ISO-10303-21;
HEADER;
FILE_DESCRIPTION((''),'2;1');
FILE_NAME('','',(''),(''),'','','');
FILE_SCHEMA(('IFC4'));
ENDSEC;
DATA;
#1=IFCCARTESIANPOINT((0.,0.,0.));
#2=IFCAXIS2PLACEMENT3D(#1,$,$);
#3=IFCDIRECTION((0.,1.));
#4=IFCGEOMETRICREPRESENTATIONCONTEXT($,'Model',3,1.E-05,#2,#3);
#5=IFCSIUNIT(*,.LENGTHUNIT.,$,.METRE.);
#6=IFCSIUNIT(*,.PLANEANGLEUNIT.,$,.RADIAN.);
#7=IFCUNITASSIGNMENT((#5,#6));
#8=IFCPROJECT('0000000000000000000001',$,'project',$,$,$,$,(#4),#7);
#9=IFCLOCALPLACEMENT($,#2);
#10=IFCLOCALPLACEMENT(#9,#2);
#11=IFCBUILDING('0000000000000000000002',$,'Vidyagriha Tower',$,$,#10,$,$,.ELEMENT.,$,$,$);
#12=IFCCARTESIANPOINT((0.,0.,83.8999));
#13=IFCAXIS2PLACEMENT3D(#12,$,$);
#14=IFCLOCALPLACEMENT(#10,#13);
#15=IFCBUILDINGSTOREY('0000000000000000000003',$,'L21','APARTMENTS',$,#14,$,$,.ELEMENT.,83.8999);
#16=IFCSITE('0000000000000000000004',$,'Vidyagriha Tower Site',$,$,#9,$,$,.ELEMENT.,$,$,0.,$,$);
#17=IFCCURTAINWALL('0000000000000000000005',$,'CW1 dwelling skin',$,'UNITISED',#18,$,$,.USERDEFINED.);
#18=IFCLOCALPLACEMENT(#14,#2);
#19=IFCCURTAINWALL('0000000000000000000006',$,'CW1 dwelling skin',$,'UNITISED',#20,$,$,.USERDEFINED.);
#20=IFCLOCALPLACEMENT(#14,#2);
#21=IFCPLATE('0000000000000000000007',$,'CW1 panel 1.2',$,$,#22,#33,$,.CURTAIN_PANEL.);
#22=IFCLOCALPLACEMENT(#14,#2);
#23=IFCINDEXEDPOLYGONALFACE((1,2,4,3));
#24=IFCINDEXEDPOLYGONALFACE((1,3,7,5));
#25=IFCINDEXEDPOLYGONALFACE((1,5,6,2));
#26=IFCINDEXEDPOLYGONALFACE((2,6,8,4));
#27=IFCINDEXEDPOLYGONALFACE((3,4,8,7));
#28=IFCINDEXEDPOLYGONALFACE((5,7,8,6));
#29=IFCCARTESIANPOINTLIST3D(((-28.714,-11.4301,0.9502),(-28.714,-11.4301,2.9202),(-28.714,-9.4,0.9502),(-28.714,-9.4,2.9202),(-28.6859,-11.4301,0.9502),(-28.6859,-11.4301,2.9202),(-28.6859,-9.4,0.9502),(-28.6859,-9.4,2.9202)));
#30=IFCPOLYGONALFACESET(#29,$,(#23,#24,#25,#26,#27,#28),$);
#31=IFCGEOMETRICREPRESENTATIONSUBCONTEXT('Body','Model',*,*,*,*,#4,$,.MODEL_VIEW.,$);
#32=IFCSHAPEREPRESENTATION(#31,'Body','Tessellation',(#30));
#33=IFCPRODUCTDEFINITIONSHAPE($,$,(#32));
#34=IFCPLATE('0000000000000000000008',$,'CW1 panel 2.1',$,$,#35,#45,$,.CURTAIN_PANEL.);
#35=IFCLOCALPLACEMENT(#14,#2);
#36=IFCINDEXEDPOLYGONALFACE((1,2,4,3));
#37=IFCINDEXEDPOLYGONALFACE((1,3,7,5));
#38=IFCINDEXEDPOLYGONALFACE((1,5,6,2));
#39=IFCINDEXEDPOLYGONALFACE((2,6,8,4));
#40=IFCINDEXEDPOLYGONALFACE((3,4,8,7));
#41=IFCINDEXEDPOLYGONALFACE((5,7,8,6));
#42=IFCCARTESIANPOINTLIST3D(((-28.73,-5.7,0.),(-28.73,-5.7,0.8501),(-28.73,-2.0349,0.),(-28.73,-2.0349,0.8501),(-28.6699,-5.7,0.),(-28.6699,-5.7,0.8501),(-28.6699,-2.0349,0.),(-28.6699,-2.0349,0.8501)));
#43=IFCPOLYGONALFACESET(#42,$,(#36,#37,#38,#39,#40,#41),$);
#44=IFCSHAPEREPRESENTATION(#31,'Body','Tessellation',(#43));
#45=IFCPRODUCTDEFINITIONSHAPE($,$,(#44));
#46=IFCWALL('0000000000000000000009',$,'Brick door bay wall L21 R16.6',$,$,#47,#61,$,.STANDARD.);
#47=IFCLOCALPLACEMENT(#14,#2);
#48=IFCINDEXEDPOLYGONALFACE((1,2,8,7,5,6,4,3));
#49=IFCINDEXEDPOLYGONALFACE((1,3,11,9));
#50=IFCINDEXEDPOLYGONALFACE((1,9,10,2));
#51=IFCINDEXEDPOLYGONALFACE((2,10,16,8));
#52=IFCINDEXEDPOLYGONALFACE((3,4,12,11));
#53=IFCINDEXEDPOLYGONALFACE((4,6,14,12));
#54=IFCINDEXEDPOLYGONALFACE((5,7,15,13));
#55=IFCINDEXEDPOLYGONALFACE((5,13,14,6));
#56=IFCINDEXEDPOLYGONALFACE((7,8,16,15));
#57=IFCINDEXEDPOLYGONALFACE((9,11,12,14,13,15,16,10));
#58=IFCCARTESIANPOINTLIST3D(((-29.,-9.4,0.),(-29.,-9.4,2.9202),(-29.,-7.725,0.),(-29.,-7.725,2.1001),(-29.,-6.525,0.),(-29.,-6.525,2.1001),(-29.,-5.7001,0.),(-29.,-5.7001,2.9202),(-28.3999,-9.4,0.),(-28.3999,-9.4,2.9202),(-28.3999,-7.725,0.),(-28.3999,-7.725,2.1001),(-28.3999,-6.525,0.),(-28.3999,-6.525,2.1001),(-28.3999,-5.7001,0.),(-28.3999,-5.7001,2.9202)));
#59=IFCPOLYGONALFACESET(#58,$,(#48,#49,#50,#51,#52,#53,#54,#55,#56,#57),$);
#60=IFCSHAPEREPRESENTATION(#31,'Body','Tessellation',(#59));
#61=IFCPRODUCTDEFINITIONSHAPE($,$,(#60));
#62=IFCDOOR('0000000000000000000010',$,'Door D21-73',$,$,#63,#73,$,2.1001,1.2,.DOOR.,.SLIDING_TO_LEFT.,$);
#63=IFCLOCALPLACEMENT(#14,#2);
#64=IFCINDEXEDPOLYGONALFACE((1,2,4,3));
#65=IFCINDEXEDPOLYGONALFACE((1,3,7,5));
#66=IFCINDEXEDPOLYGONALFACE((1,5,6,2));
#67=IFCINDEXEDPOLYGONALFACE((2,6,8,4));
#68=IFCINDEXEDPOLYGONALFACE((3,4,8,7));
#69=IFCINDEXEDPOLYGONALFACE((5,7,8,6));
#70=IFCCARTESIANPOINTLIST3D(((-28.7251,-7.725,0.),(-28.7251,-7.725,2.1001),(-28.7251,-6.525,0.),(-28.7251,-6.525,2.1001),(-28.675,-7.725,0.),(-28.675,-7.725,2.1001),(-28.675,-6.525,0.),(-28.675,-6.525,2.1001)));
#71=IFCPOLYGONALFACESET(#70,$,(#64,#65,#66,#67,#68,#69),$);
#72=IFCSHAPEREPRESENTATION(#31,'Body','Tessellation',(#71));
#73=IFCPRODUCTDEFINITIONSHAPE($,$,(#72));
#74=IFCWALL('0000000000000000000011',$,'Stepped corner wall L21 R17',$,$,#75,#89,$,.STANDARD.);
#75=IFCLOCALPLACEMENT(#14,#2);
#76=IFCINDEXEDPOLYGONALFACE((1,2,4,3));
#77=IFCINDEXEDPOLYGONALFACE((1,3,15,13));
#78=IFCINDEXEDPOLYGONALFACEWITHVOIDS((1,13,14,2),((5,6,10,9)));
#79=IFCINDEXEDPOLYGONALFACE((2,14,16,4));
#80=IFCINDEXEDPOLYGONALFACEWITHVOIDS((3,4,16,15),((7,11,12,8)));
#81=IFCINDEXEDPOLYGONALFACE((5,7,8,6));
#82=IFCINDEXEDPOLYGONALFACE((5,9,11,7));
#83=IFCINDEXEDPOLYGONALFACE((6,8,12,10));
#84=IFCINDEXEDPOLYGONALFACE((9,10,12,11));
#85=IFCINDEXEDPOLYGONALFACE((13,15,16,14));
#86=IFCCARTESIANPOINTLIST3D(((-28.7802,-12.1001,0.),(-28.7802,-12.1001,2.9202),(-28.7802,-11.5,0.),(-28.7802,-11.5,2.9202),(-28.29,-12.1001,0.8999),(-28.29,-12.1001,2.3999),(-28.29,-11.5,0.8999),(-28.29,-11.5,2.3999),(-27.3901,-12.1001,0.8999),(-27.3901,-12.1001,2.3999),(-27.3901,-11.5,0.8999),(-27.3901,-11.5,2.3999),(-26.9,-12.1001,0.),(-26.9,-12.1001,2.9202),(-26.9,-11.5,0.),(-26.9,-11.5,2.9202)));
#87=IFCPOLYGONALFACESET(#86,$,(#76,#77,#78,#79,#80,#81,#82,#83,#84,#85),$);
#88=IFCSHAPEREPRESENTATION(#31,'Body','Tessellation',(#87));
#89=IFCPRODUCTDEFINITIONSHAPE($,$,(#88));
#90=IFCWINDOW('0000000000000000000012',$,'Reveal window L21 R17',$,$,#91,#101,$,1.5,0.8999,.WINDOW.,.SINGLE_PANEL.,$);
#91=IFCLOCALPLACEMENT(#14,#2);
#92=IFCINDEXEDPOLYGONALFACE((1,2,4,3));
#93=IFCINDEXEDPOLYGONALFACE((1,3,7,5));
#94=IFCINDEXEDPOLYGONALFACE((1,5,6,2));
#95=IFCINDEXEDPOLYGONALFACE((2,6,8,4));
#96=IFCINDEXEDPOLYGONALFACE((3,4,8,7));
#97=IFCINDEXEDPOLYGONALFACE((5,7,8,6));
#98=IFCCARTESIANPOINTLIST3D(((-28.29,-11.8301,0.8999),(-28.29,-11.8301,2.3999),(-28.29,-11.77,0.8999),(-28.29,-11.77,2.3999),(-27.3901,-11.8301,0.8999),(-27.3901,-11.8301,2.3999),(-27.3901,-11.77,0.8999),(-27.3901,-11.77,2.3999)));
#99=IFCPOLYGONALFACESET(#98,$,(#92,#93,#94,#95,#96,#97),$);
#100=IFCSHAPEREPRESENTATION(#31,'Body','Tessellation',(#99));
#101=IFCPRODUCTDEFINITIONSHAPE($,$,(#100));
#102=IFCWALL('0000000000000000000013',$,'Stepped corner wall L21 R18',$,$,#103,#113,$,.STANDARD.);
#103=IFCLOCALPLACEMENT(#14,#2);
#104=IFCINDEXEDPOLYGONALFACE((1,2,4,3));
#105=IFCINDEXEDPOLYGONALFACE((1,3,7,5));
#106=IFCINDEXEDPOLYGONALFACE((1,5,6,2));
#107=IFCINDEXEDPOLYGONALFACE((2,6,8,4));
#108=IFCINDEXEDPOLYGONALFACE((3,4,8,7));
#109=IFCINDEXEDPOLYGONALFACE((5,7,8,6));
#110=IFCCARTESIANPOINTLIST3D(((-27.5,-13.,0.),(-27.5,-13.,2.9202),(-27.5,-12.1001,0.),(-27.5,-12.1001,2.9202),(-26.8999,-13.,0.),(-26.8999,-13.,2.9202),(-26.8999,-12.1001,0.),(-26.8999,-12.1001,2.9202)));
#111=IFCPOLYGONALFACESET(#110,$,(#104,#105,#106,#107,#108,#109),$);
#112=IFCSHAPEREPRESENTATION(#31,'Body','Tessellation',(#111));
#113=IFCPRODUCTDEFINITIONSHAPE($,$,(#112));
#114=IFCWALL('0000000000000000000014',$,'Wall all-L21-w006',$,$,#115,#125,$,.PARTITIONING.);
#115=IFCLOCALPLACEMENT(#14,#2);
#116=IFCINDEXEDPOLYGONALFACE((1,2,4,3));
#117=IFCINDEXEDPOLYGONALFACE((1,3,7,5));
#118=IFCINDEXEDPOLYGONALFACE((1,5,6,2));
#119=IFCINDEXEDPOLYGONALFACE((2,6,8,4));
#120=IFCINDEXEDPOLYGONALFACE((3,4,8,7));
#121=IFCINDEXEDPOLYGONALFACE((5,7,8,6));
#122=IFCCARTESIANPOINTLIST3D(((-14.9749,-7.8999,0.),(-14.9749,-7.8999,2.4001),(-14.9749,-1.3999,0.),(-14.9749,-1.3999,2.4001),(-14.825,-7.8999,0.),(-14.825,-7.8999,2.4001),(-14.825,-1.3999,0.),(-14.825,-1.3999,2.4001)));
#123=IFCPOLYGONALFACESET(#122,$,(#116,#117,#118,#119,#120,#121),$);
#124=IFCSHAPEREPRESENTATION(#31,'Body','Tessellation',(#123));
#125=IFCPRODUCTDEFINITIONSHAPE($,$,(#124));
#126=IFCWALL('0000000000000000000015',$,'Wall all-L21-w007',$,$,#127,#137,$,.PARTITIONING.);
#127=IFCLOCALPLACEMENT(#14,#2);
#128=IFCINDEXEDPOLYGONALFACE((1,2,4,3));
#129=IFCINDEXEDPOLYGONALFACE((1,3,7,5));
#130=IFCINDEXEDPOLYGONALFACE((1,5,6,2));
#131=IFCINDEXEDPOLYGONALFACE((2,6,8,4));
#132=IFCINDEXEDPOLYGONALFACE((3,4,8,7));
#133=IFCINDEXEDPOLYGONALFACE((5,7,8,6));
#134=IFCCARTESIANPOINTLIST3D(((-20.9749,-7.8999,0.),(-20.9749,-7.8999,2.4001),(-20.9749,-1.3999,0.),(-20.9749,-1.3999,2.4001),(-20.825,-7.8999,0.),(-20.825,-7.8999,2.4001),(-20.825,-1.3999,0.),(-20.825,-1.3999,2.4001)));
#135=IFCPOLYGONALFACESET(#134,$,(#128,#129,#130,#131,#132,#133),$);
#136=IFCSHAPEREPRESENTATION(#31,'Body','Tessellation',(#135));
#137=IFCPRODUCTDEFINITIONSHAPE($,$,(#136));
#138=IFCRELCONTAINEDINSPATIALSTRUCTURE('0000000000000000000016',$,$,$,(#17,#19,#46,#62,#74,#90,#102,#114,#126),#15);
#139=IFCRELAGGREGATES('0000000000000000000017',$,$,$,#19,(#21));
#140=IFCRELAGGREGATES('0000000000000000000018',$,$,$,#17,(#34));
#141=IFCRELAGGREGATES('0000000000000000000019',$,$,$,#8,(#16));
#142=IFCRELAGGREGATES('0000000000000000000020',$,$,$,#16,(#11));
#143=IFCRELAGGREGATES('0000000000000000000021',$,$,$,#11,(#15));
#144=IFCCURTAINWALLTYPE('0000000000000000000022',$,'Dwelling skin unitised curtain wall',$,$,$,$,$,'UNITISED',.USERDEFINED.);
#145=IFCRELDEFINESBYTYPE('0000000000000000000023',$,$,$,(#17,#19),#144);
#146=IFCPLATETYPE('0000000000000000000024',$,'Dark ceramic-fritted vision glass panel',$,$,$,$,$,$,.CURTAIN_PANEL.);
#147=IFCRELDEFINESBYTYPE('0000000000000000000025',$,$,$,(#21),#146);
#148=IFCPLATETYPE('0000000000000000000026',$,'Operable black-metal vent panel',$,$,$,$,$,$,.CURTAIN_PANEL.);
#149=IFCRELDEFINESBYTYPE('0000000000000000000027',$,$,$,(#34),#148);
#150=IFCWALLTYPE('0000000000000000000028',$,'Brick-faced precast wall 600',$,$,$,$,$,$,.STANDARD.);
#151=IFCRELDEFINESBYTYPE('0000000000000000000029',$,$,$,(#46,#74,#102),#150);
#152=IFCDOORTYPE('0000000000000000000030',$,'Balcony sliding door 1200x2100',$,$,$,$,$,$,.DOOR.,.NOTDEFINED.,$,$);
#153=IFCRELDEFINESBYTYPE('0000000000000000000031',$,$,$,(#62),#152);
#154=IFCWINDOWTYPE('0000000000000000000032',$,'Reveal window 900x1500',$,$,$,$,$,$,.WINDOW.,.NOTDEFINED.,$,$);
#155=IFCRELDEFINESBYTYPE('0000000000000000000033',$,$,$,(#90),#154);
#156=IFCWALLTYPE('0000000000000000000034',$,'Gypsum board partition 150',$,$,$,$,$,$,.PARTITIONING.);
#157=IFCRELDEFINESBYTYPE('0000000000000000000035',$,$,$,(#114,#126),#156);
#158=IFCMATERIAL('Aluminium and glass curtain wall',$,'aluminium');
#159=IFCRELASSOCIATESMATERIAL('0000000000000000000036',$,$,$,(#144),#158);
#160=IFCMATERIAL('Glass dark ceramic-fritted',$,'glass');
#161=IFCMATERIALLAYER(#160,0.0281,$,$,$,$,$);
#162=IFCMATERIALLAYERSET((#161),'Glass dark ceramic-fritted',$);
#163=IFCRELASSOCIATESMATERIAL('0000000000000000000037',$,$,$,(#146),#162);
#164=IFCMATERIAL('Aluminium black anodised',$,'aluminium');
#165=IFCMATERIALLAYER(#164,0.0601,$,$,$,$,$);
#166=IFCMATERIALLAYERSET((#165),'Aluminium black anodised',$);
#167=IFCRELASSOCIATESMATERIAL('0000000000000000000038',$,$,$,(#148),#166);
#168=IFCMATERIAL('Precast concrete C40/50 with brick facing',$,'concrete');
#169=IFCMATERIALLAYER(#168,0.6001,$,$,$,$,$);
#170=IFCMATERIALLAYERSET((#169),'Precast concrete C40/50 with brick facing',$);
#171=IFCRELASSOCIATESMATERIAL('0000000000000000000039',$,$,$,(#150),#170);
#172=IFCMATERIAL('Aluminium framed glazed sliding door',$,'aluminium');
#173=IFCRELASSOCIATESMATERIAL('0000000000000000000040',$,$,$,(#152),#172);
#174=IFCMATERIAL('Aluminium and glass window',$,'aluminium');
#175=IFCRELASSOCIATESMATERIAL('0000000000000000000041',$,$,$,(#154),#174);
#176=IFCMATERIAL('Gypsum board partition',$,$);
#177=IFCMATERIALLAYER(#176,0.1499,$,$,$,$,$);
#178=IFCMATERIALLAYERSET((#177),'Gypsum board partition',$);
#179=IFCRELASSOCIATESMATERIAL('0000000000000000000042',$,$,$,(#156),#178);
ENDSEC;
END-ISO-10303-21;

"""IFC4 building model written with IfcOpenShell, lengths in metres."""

from ifc_helpers import new_model, si_unit, direction, frame, frame_2d, origin, origin_2d, place, context, subcontext, project, spatial, rectangle, extrude, material, layer, layer_set, type_object, element, fill, aggregate, save


model = new_model("IFC4")

# Units and contexts
model_context = context("Model", 3, precision=1e-05, world=origin(), true_north=direction((0.0, 1.0)))
body_context = subcontext(model_context, "Body", "Model", "MODEL_VIEW")
ifc_project = project(units=[si_unit("LENGTHUNIT", "METRE"), si_unit("PLANEANGLEUNIT", "RADIAN")], contexts=[model_context])

# Site, building, storey
site_placement = place(None, origin())
site = spatial("IfcSite", under=ifc_project, at=site_placement, Name="Vidyagriha Tower Site", CompositionType="ELEMENT", RefElevation=0.0)
building_placement = place(site_placement, origin())
building = spatial("IfcBuilding", under=site, at=building_placement, Name="Vidyagriha Tower", CompositionType="ELEMENT")
storey_placement = place(building_placement, frame((0.0, 0.0, 83.8999)))
storey = spatial("IfcBuildingStorey", under=building, at=storey_placement, Name="L21", Description="APARTMENTS", CompositionType="ELEMENT", Elevation=83.8999)

# Curtain walls
ifc_material_1 = material(Name="Aluminium and glass curtain wall", Category="aluminium")
curtain_wall_type = type_object("IfcCurtainWallType", Name="Dwelling skin unitised curtain wall", ElementType="UNITISED", PredefinedType="USERDEFINED", material=ifc_material_1)
curtain_wall_1_placement = place(storey_placement, origin())
curtain_wall_1 = element("IfcCurtainWall", 1, at=curtain_wall_1_placement, inside=storey, type_object=curtain_wall_type, Name="CW1 dwelling skin", ObjectType="UNITISED", PredefinedType="USERDEFINED")
curtain_wall_2_placement = place(storey_placement, origin())
curtain_wall_2 = element("IfcCurtainWall", 2, at=curtain_wall_2_placement, inside=storey, type_object=curtain_wall_type, Name="CW1 dwelling skin", ObjectType="UNITISED", PredefinedType="USERDEFINED")

# Plates
ifc_material_2 = material(Name="Glass dark ceramic-fritted", Category="glass")
ifc_layer_1 = layer(ifc_material_2, 0.0281)
ifc_layer_set_1 = layer_set([ifc_layer_1], Name="Glass dark ceramic-fritted")
plate_type_1 = type_object("IfcPlateType", Name="Dark ceramic-fritted vision glass panel", PredefinedType="CURTAIN_PANEL", material=ifc_layer_set_1)
plate_1_placement = place(storey_placement, frame((-28.7, -10.415, 0.9502), z_axis=(0.0, 0.0, 1.0), x_axis=(0.0, -1.0, 0.0)))
plate_1 = element("IfcPlate", 3, at=plate_1_placement, type_object=plate_type_1, Name="CW1 panel 1.2", PredefinedType="CURTAIN_PANEL", context=body_context, shape_type="SweptSolid", body=[
    extrude(rectangle(XDim=2.03, YDim=0.0281, at=origin_2d()), origin(), (0.0, 0.0, 1.0), 1.97),
])
aggregate(curtain_wall_2, [plate_1])
ifc_material_3 = material(Name="Aluminium black anodised", Category="aluminium")
ifc_layer_2 = layer(ifc_material_3, 0.0601)
ifc_layer_set_2 = layer_set([ifc_layer_2], Name="Aluminium black anodised")
plate_type_2 = type_object("IfcPlateType", Name="Operable black-metal vent panel", PredefinedType="CURTAIN_PANEL", material=ifc_layer_set_2)
plate_2_placement = place(storey_placement, frame((-28.7, -3.8674, 0.0), z_axis=(0.0, 0.0, 1.0), x_axis=(0.0, -1.0, 0.0)))
plate_2 = element("IfcPlate", 4, at=plate_2_placement, type_object=plate_type_2, Name="CW1 panel 2.1", PredefinedType="CURTAIN_PANEL", context=body_context, shape_type="SweptSolid", body=[
    extrude(rectangle(XDim=3.665, YDim=0.0601, at=origin_2d()), origin(), (0.0, 0.0, 1.0), 0.8501),
])
aggregate(curtain_wall_1, [plate_2])

# Wall, opening, door
ifc_material_4 = material(Name="Precast concrete C40/50 with brick facing", Category="concrete")
ifc_layer_3 = layer(ifc_material_4, 0.6001)
ifc_layer_set_3 = layer_set([ifc_layer_3], Name="Precast concrete C40/50 with brick facing")
wall_type_1 = type_object("IfcWallType", Name="Brick-faced precast wall 600", PredefinedType="STANDARD", material=ifc_layer_set_3)
wall_1_placement = place(storey_placement, frame((-28.7, -5.7, 0.0), z_axis=(0.0, 0.0, 1.0), x_axis=(0.0, -1.0, 0.0)))
wall_1 = element("IfcWall", 5, at=wall_1_placement, inside=storey, type_object=wall_type_1, Name="Brick door bay wall L21 R16.6", PredefinedType="STANDARD", context=body_context, shape_type="SweptSolid", body=[
    extrude(rectangle(XDim=3.7, YDim=0.6001, at=frame_2d((1.8501, 0.0))), origin(), (0.0, 0.0, 1.0), 2.9202),
])
opening_1_placement = place(wall_1_placement, frame((0.825, 0.0, 0.0)))
opening_1 = element("IfcOpeningElement", 6, at=opening_1_placement, cuts=wall_1, PredefinedType="OPENING", context=body_context, shape_type="SweptSolid", body=[
    extrude(rectangle(XDim=1.2, YDim=2.1001, at=frame_2d((0.6001, 1.05))), frame((0.0, 0.3101, 0.0), z_axis=(0.0, -1.0, 0.0), x_axis=(1.0, 0.0, 0.0)), (0.0, 0.0, 1.0), 0.6201),
])
ifc_material_5 = material(Name="Aluminium framed glazed sliding door", Category="aluminium")
door_type_1 = type_object("IfcDoorType", Name="Balcony sliding door 1200x2100", OperationType="NOTDEFINED", PredefinedType="DOOR", material=ifc_material_5)
door_1_placement = place(opening_1_placement, origin())
door_1 = element("IfcDoor", 7, at=door_1_placement, inside=storey, type_object=door_type_1, Name="Door D21-73", OperationType="SLIDING_TO_LEFT", OverallHeight=2.1001, OverallWidth=1.2, PredefinedType="DOOR", context=body_context, shape_type="SweptSolid", body=[
    extrude(rectangle(XDim=1.2, YDim=2.1001, at=frame_2d((0.6001, 1.05))), frame((0.0, 0.0249, 0.0), z_axis=(0.0, -1.0, 0.0), x_axis=(1.0, 0.0, 0.0)), (0.0, 0.0, 1.0), 0.05),
])
fill(opening_1, door_1)

# Wall, opening, window
wall_2_placement = place(storey_placement, frame((-28.78, -11.8, 0.0)))
wall_2 = element("IfcWall", 8, at=wall_2_placement, inside=storey, type_object=wall_type_1, Name="Stepped corner wall L21 R17", PredefinedType="STANDARD", context=body_context, shape_type="SweptSolid", body=[
    extrude(rectangle(XDim=1.8801, YDim=0.6001, at=frame_2d((0.9399, 0.0))), origin(), (0.0, 0.0, 1.0), 2.9202),
])
opening_2_placement = place(wall_2_placement, frame((0.49, 0.0, 0.8999)))
opening_2 = element("IfcOpeningElement", 9, at=opening_2_placement, cuts=wall_2, PredefinedType="OPENING", context=body_context, shape_type="SweptSolid", body=[
    extrude(rectangle(XDim=0.8999, YDim=1.5, at=frame_2d((0.45, 0.75))), frame((0.0, 0.3101, 0.0), z_axis=(0.0, -1.0, 0.0), x_axis=(1.0, 0.0, 0.0)), (0.0, 0.0, 1.0), 0.6201),
])
ifc_material_6 = material(Name="Aluminium and glass window", Category="aluminium")
window_type = type_object("IfcWindowType", Name="Reveal window 900x1500", PartitioningType="NOTDEFINED", PredefinedType="WINDOW", material=ifc_material_6)
window_placement = place(opening_2_placement, origin())
window = element("IfcWindow", 10, at=window_placement, inside=storey, type_object=window_type, Name="Reveal window L21 R17", OverallHeight=1.5, OverallWidth=0.8999, PartitioningType="SINGLE_PANEL", PredefinedType="WINDOW", context=body_context, shape_type="SweptSolid", body=[
    extrude(rectangle(XDim=0.8999, YDim=1.5, at=frame_2d((0.45, 0.75))), frame((0.0, 0.03, 0.0), z_axis=(0.0, -1.0, 0.0), x_axis=(1.0, 0.0, 0.0)), (0.0, 0.0, 1.0), 0.0601),
])
fill(opening_2, window)

# Walls
wall_3_placement = place(storey_placement, frame((-27.2, -12.1001, 0.0), z_axis=(0.0, 0.0, 1.0), x_axis=(0.0, -1.0, 0.0)))
element("IfcWall", 11, at=wall_3_placement, inside=storey, type_object=wall_type_1, Name="Stepped corner wall L21 R18", PredefinedType="STANDARD", context=body_context, shape_type="SweptSolid", body=[
    extrude(rectangle(XDim=0.8999, YDim=0.6001, at=frame_2d((0.45, 0.0))), origin(), (0.0, 0.0, 1.0), 2.9202),
])
ifc_material_7 = material(Name="Gypsum board partition")
ifc_layer_4 = layer(ifc_material_7, 0.1499)
ifc_layer_set_4 = layer_set([ifc_layer_4], Name="Gypsum board partition")
wall_type_2 = type_object("IfcWallType", Name="Gypsum board partition 150", PredefinedType="PARTITIONING", material=ifc_layer_set_4)
for number, where, z_axis, x_axis, name in (
    (12, (-14.8999, -7.8999, 0.0), (0.0, 0.0, 1.0), (0.0, 1.0, 0.0), "Wall all-L21-w006"),
    (13, (-20.8999, -7.8999, 0.0), (0.0, 0.0, 1.0), (0.0, 1.0, 0.0), "Wall all-L21-w007"),
):
    element("IfcWall", number, at=place(storey_placement, frame(where, z_axis=z_axis, x_axis=x_axis)), inside=storey, type_object=wall_type_2, Name=name, PredefinedType="PARTITIONING", context=body_context, shape_type="SweptSolid", body=[
        extrude(rectangle(XDim=6.5, YDim=0.1499, at=frame_2d((3.25, 0.0))), origin(), (0.0, 0.0, 1.0), 2.4001),
    ])

save(model, "model.ifc")
